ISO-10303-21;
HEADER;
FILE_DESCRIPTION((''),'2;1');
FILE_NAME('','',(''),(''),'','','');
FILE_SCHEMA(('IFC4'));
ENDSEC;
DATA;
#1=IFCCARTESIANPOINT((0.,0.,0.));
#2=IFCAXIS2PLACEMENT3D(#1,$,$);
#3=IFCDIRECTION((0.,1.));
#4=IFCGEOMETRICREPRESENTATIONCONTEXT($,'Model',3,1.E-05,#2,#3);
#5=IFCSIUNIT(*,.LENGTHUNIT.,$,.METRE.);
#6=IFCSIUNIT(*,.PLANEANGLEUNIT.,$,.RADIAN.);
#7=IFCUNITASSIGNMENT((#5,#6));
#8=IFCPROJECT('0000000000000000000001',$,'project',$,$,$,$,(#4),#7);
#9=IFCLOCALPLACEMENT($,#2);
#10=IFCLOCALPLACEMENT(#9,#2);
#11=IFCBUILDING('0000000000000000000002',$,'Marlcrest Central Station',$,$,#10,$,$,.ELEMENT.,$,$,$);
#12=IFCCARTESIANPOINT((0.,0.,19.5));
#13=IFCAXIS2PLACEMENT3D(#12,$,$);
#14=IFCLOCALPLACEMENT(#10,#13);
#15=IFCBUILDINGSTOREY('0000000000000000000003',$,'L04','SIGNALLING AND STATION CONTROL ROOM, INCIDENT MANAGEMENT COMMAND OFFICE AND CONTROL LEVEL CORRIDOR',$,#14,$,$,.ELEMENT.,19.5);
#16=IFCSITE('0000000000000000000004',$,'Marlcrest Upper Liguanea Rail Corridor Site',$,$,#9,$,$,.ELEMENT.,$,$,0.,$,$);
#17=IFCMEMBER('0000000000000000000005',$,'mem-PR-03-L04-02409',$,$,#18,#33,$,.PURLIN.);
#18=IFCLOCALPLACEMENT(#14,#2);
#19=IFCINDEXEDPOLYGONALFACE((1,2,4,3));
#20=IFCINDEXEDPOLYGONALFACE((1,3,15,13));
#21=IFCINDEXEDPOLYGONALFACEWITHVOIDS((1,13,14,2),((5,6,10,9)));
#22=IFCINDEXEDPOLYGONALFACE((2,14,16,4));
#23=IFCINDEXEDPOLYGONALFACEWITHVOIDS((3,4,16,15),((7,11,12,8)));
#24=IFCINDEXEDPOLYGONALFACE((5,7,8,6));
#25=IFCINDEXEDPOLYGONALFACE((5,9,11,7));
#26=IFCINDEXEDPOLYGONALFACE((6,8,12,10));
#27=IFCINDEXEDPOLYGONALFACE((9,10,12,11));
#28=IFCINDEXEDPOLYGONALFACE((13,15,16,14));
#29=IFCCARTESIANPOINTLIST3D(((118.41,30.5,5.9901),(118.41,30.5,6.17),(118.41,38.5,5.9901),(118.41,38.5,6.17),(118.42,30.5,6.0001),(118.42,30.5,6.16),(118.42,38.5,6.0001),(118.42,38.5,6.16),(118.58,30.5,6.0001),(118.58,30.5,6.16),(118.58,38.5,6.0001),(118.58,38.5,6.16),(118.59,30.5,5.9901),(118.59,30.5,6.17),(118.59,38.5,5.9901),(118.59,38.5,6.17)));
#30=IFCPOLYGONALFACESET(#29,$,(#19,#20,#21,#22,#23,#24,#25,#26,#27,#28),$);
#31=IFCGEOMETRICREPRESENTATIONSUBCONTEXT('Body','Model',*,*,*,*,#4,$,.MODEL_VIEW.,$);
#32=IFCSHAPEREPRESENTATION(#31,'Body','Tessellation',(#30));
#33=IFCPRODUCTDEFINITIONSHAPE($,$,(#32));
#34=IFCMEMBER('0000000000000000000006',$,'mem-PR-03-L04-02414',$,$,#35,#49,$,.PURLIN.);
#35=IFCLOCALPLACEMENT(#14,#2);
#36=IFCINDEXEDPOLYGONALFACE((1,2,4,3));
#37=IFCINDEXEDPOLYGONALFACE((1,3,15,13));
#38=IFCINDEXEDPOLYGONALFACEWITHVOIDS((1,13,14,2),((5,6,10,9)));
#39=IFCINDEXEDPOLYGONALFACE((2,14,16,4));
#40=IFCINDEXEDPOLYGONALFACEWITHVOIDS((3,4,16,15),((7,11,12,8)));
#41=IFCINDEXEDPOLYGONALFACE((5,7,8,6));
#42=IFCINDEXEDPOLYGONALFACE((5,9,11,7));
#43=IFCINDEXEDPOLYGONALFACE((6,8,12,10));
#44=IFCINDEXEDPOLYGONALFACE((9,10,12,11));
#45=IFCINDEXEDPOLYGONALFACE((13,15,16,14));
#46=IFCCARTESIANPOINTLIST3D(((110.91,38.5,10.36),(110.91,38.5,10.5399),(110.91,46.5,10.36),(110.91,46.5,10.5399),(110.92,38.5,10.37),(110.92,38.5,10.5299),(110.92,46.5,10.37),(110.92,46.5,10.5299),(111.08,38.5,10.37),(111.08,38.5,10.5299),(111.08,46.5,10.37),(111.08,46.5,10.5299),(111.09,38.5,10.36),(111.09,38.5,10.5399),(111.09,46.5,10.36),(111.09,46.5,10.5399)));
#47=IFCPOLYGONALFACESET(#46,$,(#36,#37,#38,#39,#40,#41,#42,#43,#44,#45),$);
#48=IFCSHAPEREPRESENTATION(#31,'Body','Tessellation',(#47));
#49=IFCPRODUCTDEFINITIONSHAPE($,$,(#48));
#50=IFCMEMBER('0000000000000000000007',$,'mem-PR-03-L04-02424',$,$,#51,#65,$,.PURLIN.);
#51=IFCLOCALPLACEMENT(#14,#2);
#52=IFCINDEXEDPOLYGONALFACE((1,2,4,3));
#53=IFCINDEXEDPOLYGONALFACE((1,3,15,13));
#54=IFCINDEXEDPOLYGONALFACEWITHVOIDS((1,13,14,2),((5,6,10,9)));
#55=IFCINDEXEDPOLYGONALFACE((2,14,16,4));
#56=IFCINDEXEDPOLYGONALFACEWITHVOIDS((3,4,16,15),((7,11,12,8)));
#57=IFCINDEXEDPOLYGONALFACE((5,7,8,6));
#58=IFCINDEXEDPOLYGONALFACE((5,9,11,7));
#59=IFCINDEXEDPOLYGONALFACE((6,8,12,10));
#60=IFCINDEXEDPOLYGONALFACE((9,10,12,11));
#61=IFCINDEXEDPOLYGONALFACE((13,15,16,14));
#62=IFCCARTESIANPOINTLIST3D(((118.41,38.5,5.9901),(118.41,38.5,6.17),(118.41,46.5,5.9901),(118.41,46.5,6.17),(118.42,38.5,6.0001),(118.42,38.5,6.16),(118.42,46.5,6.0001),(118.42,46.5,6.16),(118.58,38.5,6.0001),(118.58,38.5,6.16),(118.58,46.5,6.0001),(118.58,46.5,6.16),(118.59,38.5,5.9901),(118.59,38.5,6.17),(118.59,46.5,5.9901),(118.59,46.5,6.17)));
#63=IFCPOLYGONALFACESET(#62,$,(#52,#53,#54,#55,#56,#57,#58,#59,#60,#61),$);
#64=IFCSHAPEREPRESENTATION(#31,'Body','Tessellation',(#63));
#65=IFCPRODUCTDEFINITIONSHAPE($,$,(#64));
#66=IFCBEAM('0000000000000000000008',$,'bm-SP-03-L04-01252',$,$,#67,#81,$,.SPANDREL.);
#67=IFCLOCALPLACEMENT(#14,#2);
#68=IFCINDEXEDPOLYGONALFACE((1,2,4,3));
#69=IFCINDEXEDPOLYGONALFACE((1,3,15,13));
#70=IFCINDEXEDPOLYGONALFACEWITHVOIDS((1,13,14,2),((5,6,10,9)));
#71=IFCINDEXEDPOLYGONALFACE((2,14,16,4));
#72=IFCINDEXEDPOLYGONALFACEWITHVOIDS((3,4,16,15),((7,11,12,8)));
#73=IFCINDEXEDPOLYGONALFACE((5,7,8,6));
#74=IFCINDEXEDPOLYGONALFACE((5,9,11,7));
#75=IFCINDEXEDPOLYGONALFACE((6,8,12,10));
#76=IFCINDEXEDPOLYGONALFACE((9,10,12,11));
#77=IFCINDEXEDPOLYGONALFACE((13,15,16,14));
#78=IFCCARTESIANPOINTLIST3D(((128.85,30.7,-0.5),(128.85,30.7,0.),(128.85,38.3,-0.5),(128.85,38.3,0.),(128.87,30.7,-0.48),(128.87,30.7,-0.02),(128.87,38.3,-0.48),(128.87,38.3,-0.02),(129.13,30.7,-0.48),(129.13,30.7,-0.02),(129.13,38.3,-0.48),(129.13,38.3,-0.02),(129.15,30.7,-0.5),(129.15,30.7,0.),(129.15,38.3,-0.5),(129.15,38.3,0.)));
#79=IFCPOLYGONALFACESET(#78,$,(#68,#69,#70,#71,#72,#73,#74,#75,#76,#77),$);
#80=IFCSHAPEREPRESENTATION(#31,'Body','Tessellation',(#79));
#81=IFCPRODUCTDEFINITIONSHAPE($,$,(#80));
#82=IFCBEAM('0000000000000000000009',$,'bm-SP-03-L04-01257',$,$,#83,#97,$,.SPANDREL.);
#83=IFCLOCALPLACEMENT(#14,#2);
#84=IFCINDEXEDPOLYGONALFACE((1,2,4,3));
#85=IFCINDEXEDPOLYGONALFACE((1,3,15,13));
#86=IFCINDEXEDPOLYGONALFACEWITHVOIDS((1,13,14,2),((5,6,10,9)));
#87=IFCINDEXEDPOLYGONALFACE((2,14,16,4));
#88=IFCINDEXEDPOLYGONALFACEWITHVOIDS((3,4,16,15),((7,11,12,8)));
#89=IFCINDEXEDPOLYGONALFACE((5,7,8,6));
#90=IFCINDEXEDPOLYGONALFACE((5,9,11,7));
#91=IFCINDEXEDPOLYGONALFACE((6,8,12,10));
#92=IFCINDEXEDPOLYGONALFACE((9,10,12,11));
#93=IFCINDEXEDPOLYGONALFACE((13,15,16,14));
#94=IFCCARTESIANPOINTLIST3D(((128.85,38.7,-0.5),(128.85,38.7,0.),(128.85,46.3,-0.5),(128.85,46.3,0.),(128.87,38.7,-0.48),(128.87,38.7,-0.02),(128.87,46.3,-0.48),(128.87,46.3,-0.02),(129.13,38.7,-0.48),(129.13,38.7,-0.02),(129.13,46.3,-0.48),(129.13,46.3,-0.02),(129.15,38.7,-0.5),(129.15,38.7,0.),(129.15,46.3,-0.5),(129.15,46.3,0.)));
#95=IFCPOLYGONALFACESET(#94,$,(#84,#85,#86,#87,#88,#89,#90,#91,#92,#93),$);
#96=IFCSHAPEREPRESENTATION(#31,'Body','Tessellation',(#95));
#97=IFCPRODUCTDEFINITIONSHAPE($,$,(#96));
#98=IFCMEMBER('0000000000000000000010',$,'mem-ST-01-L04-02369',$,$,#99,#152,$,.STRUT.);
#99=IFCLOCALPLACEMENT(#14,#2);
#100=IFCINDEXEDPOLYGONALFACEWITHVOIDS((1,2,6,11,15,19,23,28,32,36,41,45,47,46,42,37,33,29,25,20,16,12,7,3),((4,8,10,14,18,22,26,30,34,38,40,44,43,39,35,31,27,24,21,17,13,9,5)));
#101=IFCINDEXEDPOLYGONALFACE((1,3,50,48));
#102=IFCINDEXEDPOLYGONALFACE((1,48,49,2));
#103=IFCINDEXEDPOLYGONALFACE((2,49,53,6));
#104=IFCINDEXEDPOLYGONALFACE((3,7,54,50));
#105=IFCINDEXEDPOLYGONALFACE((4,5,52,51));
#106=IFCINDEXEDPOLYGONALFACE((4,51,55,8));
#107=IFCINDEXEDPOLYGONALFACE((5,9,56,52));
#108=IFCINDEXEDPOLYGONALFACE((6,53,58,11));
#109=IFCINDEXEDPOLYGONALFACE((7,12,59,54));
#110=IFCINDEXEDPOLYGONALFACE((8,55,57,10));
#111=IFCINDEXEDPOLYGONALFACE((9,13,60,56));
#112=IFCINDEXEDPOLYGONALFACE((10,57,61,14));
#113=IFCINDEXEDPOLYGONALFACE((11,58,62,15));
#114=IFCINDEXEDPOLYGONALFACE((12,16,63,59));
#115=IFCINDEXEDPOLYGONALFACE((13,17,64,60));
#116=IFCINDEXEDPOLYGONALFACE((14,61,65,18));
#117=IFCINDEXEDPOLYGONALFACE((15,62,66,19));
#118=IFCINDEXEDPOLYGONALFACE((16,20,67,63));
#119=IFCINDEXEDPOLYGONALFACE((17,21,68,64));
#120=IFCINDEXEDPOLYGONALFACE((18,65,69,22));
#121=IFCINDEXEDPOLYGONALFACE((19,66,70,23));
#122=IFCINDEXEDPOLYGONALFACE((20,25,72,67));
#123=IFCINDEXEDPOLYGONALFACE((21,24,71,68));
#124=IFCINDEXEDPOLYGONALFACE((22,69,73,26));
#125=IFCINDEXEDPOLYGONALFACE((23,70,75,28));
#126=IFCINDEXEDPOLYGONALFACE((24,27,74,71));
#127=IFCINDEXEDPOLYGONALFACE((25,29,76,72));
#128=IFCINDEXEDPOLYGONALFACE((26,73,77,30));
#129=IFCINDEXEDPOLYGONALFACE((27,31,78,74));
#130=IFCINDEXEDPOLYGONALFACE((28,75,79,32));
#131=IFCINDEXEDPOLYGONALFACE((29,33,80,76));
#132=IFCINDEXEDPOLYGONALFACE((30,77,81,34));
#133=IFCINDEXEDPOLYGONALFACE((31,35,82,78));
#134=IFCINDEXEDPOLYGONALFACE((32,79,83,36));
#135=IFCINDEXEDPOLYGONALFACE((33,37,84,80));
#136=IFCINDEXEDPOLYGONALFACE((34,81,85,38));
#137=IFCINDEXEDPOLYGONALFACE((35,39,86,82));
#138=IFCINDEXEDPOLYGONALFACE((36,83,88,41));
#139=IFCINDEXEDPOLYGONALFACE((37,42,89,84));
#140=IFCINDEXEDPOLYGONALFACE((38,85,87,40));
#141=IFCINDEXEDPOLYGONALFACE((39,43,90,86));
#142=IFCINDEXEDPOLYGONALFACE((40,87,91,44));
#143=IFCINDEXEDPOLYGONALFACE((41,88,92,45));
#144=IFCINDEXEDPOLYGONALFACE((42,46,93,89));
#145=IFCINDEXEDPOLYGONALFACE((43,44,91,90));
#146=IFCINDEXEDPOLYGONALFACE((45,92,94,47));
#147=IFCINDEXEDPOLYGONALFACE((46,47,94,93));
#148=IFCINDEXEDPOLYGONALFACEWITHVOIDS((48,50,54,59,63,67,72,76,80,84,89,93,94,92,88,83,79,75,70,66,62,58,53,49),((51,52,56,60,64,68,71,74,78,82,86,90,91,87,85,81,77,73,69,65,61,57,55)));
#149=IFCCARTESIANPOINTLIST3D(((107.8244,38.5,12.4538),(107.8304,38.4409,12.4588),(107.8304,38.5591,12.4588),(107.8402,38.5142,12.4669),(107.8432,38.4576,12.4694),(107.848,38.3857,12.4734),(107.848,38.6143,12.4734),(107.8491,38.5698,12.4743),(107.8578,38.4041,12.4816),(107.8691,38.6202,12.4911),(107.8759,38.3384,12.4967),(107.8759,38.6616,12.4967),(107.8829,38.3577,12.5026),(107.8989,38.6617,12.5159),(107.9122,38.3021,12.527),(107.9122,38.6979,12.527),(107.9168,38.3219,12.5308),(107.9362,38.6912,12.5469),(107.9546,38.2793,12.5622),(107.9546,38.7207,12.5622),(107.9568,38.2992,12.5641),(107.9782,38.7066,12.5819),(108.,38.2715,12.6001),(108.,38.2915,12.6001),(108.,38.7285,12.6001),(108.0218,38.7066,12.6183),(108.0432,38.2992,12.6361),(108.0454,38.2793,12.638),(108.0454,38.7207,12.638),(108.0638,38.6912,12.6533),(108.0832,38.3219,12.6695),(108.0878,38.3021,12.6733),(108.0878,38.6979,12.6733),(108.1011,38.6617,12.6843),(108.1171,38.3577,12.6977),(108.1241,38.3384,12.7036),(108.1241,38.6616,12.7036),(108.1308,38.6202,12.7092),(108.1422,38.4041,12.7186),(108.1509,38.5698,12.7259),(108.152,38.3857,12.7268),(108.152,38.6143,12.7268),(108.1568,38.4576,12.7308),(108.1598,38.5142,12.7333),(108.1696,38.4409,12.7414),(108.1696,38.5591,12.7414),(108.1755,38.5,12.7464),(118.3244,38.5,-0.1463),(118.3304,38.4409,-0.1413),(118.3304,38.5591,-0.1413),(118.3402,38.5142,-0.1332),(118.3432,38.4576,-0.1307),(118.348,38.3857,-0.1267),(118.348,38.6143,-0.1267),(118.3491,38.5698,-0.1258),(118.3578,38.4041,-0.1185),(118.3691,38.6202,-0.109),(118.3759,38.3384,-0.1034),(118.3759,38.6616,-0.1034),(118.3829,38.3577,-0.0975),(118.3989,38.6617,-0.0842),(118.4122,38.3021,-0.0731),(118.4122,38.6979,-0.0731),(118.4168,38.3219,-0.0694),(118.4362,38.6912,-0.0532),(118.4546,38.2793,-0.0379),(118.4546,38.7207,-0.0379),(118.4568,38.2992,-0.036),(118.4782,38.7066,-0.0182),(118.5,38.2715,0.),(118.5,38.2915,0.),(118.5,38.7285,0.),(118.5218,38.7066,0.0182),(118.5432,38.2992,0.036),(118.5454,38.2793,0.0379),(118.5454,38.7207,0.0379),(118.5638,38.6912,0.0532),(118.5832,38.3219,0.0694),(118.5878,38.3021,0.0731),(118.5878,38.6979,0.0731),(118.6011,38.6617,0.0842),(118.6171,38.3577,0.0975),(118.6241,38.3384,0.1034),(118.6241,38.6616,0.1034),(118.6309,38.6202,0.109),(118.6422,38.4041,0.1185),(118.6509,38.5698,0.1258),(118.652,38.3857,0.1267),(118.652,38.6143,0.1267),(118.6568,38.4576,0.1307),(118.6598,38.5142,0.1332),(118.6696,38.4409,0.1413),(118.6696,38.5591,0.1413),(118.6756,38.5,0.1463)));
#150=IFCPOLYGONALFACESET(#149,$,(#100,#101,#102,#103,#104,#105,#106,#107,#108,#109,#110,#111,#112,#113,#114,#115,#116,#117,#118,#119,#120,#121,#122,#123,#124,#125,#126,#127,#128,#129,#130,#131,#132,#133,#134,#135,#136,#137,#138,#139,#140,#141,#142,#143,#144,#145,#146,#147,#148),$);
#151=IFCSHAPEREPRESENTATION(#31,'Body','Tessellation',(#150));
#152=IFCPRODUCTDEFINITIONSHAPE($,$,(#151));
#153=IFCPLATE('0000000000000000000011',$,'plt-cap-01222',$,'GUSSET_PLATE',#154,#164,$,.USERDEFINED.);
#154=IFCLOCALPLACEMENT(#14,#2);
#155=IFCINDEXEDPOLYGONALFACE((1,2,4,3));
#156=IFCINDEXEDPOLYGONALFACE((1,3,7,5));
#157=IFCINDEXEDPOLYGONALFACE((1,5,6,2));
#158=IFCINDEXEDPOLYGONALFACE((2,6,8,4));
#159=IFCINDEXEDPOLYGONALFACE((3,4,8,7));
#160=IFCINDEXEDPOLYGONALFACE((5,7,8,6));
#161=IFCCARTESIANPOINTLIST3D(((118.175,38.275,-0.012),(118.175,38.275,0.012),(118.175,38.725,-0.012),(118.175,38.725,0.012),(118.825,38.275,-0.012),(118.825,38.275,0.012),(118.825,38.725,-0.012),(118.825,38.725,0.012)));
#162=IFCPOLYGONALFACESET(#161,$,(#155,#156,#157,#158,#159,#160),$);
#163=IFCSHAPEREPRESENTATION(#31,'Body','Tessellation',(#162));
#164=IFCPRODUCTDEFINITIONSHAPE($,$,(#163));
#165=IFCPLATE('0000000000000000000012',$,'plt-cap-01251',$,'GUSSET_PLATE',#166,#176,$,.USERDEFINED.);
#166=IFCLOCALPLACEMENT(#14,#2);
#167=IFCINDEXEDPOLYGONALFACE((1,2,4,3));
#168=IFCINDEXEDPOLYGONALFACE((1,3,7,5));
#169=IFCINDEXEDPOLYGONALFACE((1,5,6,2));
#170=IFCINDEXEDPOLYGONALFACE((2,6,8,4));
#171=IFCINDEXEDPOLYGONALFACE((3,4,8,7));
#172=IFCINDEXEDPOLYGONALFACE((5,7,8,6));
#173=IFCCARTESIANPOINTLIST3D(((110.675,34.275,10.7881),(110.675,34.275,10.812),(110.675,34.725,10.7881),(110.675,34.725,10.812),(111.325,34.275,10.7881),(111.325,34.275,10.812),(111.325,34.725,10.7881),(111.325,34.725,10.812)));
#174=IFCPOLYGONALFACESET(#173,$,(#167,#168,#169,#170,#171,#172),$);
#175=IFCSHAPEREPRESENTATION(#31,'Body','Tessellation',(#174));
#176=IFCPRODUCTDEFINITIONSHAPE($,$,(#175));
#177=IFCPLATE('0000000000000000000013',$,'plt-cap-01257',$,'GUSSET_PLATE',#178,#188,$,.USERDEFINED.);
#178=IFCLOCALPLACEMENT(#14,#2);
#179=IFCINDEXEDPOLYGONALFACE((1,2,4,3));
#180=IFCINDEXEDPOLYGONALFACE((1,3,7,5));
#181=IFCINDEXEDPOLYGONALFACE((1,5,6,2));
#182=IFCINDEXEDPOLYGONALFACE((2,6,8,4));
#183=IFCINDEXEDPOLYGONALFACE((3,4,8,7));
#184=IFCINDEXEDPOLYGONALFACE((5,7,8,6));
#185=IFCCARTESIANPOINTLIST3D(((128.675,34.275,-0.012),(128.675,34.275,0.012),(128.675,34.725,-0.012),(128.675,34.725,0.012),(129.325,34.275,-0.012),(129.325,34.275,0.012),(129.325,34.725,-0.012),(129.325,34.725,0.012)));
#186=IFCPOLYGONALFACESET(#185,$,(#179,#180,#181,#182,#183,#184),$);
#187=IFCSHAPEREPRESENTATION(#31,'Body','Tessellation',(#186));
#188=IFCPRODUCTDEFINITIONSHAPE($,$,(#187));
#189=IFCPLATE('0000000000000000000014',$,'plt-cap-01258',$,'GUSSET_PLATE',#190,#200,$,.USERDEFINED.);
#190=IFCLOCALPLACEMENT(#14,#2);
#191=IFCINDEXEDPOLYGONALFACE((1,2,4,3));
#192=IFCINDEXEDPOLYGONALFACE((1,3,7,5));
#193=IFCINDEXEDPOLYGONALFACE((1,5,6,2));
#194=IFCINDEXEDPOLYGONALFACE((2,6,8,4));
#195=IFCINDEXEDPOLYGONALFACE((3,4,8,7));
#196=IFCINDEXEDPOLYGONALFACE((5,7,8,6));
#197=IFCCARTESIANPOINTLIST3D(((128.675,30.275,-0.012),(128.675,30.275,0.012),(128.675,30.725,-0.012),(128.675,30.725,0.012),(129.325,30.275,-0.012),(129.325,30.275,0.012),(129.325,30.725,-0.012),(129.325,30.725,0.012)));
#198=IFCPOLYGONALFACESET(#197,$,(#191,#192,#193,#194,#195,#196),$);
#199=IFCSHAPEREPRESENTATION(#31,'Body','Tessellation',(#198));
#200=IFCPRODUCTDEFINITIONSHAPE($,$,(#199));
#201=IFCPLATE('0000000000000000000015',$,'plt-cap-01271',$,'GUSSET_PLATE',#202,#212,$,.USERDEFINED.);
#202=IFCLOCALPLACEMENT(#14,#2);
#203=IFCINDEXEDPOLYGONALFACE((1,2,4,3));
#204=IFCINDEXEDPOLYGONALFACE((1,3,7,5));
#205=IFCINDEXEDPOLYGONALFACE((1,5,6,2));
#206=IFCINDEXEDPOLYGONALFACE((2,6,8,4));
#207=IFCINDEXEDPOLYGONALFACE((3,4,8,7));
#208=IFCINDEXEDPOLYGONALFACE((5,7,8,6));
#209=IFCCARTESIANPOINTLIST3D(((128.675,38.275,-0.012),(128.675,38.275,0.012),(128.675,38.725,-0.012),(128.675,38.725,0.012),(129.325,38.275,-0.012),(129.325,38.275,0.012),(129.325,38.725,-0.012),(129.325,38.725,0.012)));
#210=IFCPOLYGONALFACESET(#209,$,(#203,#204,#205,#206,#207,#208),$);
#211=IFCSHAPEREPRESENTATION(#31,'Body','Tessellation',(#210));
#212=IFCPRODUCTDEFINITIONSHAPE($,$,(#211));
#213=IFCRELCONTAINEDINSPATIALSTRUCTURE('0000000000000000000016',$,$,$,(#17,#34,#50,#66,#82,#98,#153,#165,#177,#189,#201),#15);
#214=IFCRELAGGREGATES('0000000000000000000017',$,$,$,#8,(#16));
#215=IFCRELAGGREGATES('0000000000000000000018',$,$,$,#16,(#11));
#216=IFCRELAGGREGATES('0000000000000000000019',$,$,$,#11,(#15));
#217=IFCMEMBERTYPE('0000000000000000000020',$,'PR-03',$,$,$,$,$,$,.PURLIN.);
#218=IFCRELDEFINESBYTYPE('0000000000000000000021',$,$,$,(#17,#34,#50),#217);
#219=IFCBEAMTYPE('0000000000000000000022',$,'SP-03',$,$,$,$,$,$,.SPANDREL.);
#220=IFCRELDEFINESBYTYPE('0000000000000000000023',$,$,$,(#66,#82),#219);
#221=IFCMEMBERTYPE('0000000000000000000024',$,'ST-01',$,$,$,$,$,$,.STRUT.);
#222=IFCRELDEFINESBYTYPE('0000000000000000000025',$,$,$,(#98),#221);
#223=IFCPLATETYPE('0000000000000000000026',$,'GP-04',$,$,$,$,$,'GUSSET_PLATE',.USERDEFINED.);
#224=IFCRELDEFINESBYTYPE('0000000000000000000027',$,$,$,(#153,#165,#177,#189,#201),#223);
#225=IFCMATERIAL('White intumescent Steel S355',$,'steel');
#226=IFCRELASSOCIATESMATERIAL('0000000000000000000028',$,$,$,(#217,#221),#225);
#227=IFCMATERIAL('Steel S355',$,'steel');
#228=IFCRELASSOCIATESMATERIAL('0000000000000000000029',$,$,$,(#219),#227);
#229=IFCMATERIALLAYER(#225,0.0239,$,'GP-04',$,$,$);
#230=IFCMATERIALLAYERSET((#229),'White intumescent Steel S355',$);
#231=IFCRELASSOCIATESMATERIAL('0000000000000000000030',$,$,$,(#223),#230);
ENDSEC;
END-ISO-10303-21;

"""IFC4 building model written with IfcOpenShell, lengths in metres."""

from ifc_helpers import new_model, si_unit, direction, frame, origin, origin_2d, place, context, subcontext, project, spatial, rectangle, hollow_rectangle, hollow_circle, extrude, material, layer, layer_set, material_profile, profile_set, type_object, element, save


model = new_model("IFC4")

# Units and contexts
model_context = context("Model", 3, precision=1e-05, world=origin(), true_north=direction((0.0, 1.0)))
body_context = subcontext(model_context, "Body", "Model", "MODEL_VIEW")
ifc_project = project(units=[si_unit("LENGTHUNIT", "METRE"), si_unit("PLANEANGLEUNIT", "RADIAN")], contexts=[model_context])

# Site, building, storey
site_placement = place(None, origin())
site = spatial("IfcSite", under=ifc_project, at=site_placement, Name="Marlcrest Upper Liguanea Rail Corridor Site", CompositionType="ELEMENT", RefElevation=0.0)
building_placement = place(site_placement, origin())
building = spatial("IfcBuilding", under=site, at=building_placement, Name="Marlcrest Central Station", CompositionType="ELEMENT")
storey_placement = place(building_placement, frame((0.0, 0.0, 19.5)))
storey = spatial("IfcBuildingStorey", under=building, at=storey_placement, Name="L04", Description="SIGNALLING AND STATION CONTROL ROOM, INCIDENT MANAGEMENT COMMAND OFFICE AND CONTROL LEVEL CORRIDOR", CompositionType="ELEMENT", Elevation=19.5)

# Members
ifc_material_1 = material(Name="White intumescent Steel S355", Category="steel")
ifc_material_profile_1 = material_profile(ifc_material_1, hollow_rectangle(XDim=0.1799, YDim=0.1799, WallThickness=0.01, at=origin_2d()), Name="SHS 180x180x10")
ifc_profile_set_1 = profile_set([ifc_material_profile_1], Name="White intumescent Steel S355")
member_type_1 = type_object("IfcMemberType", Name="PR-03", PredefinedType="PURLIN", material=ifc_profile_set_1)
for number, where, z_axis, x_axis, name in (
    (1, (118.5, 30.5, 6.0801), (0.0, 1.0, 0.0), (-1.0, 0.0, 0.0), "mem-PR-03-L04-02409"),
    (2, (111.0, 38.5, 10.45), (0.0, 1.0, 0.0), (-1.0, 0.0, 0.0), "mem-PR-03-L04-02414"),
    (3, (118.5, 38.5, 6.0801), (0.0, 1.0, 0.0), (-1.0, 0.0, 0.0), "mem-PR-03-L04-02424"),
):
    element("IfcMember", number, at=place(storey_placement, frame(where, z_axis=z_axis, x_axis=x_axis)), inside=storey, type_object=member_type_1, Name=name, PredefinedType="PURLIN", context=body_context, shape_type="SweptSolid", body=[
        extrude(hollow_rectangle(XDim=0.1799, YDim=0.1799, WallThickness=0.01, at=origin_2d()), origin(), (0.0, 0.0, 1.0), 8.0),
    ])

# Beams
ifc_material_2 = material(Name="Steel S355", Category="steel")
ifc_material_profile_2 = material_profile(ifc_material_2, hollow_rectangle(XDim=0.3, YDim=0.5, WallThickness=0.02, at=origin_2d()), Name="RHS 500x300x20")
ifc_profile_set_2 = profile_set([ifc_material_profile_2], Name="Steel S355")
beam_type = type_object("IfcBeamType", Name="SP-03", PredefinedType="SPANDREL", material=ifc_profile_set_2)
for number, where, z_axis, x_axis, name in (
    (4, (129.0, 30.7, -0.25), (0.0, 1.0, 0.0), (-1.0, 0.0, 0.0), "bm-SP-03-L04-01252"),
    (5, (129.0, 38.7, -0.25), (0.0, 1.0, 0.0), (-1.0, 0.0, 0.0), "bm-SP-03-L04-01257"),
):
    element("IfcBeam", number, at=place(storey_placement, frame(where, z_axis=z_axis, x_axis=x_axis)), inside=storey, type_object=beam_type, Name=name, PredefinedType="SPANDREL", context=body_context, shape_type="SweptSolid", body=[
        extrude(hollow_rectangle(XDim=0.3, YDim=0.5, WallThickness=0.02, at=origin_2d()), origin(), (0.0, 0.0, 1.0), 7.6001),
    ])

# Member
ifc_material_profile_3 = material_profile(ifc_material_1, hollow_circle(Radius=0.2285, WallThickness=0.02, at=origin_2d()), Name="CHS 457x20")
ifc_profile_set_3 = profile_set([ifc_material_profile_3], Name="White intumescent Steel S355")
member_type_2 = type_object("IfcMemberType", Name="ST-01", PredefinedType="STRUT", material=ifc_profile_set_3)
member_placement = place(storey_placement, frame((118.5, 38.5, 0.0), z_axis=(-0.640181, 0.0, 0.768224), x_axis=(0.0, -1.0, 0.0)))
element("IfcMember", 6, at=member_placement, inside=storey, type_object=member_type_2, Name="mem-ST-01-L04-02369", PredefinedType="STRUT", context=body_context, shape_type="SweptSolid", body=[
    extrude(hollow_circle(Radius=0.2285, WallThickness=0.02, at=origin_2d()), origin(), (0.0, 0.0, 1.0), 16.4016),
])

# Plates
ifc_layer_1 = layer(ifc_material_1, 0.0239, Name="GP-04")
ifc_layer_set_1 = layer_set([ifc_layer_1], Name="White intumescent Steel S355")
plate_type_1 = type_object("IfcPlateType", Name="GP-04", ElementType="GUSSET_PLATE", PredefinedType="USERDEFINED", material=ifc_layer_set_1)
for number, where, z_axis, x_axis, name in (
    (7, (118.5, 38.5, -0.012), (0.0, 0.0, 1.0), (1.0, 0.0, 0.0), "plt-cap-01222"),
    (8, (111.0, 34.5, 10.7881), (0.0, 0.0, 1.0), (1.0, 0.0, 0.0), "plt-cap-01251"),
    (9, (129.0, 34.5, -0.012), (0.0, 0.0, 1.0), (1.0, 0.0, 0.0), "plt-cap-01257"),
    (10, (129.0, 30.5, -0.012), (0.0, 0.0, 1.0), (1.0, 0.0, 0.0), "plt-cap-01258"),
    (11, (129.0, 38.5, -0.012), (0.0, 0.0, 1.0), (1.0, 0.0, 0.0), "plt-cap-01271"),
):
    element("IfcPlate", number, at=place(storey_placement, frame(where, z_axis=z_axis, x_axis=x_axis)), inside=storey, type_object=plate_type_1, Name=name, ObjectType="GUSSET_PLATE", PredefinedType="USERDEFINED", context=body_context, shape_type="SweptSolid", body=[
        extrude(rectangle(XDim=0.6499, YDim=0.45, at=origin_2d()), origin(), (0.0, 0.0, 1.0), 0.0239),
    ])

save(model, "model.ifc")
